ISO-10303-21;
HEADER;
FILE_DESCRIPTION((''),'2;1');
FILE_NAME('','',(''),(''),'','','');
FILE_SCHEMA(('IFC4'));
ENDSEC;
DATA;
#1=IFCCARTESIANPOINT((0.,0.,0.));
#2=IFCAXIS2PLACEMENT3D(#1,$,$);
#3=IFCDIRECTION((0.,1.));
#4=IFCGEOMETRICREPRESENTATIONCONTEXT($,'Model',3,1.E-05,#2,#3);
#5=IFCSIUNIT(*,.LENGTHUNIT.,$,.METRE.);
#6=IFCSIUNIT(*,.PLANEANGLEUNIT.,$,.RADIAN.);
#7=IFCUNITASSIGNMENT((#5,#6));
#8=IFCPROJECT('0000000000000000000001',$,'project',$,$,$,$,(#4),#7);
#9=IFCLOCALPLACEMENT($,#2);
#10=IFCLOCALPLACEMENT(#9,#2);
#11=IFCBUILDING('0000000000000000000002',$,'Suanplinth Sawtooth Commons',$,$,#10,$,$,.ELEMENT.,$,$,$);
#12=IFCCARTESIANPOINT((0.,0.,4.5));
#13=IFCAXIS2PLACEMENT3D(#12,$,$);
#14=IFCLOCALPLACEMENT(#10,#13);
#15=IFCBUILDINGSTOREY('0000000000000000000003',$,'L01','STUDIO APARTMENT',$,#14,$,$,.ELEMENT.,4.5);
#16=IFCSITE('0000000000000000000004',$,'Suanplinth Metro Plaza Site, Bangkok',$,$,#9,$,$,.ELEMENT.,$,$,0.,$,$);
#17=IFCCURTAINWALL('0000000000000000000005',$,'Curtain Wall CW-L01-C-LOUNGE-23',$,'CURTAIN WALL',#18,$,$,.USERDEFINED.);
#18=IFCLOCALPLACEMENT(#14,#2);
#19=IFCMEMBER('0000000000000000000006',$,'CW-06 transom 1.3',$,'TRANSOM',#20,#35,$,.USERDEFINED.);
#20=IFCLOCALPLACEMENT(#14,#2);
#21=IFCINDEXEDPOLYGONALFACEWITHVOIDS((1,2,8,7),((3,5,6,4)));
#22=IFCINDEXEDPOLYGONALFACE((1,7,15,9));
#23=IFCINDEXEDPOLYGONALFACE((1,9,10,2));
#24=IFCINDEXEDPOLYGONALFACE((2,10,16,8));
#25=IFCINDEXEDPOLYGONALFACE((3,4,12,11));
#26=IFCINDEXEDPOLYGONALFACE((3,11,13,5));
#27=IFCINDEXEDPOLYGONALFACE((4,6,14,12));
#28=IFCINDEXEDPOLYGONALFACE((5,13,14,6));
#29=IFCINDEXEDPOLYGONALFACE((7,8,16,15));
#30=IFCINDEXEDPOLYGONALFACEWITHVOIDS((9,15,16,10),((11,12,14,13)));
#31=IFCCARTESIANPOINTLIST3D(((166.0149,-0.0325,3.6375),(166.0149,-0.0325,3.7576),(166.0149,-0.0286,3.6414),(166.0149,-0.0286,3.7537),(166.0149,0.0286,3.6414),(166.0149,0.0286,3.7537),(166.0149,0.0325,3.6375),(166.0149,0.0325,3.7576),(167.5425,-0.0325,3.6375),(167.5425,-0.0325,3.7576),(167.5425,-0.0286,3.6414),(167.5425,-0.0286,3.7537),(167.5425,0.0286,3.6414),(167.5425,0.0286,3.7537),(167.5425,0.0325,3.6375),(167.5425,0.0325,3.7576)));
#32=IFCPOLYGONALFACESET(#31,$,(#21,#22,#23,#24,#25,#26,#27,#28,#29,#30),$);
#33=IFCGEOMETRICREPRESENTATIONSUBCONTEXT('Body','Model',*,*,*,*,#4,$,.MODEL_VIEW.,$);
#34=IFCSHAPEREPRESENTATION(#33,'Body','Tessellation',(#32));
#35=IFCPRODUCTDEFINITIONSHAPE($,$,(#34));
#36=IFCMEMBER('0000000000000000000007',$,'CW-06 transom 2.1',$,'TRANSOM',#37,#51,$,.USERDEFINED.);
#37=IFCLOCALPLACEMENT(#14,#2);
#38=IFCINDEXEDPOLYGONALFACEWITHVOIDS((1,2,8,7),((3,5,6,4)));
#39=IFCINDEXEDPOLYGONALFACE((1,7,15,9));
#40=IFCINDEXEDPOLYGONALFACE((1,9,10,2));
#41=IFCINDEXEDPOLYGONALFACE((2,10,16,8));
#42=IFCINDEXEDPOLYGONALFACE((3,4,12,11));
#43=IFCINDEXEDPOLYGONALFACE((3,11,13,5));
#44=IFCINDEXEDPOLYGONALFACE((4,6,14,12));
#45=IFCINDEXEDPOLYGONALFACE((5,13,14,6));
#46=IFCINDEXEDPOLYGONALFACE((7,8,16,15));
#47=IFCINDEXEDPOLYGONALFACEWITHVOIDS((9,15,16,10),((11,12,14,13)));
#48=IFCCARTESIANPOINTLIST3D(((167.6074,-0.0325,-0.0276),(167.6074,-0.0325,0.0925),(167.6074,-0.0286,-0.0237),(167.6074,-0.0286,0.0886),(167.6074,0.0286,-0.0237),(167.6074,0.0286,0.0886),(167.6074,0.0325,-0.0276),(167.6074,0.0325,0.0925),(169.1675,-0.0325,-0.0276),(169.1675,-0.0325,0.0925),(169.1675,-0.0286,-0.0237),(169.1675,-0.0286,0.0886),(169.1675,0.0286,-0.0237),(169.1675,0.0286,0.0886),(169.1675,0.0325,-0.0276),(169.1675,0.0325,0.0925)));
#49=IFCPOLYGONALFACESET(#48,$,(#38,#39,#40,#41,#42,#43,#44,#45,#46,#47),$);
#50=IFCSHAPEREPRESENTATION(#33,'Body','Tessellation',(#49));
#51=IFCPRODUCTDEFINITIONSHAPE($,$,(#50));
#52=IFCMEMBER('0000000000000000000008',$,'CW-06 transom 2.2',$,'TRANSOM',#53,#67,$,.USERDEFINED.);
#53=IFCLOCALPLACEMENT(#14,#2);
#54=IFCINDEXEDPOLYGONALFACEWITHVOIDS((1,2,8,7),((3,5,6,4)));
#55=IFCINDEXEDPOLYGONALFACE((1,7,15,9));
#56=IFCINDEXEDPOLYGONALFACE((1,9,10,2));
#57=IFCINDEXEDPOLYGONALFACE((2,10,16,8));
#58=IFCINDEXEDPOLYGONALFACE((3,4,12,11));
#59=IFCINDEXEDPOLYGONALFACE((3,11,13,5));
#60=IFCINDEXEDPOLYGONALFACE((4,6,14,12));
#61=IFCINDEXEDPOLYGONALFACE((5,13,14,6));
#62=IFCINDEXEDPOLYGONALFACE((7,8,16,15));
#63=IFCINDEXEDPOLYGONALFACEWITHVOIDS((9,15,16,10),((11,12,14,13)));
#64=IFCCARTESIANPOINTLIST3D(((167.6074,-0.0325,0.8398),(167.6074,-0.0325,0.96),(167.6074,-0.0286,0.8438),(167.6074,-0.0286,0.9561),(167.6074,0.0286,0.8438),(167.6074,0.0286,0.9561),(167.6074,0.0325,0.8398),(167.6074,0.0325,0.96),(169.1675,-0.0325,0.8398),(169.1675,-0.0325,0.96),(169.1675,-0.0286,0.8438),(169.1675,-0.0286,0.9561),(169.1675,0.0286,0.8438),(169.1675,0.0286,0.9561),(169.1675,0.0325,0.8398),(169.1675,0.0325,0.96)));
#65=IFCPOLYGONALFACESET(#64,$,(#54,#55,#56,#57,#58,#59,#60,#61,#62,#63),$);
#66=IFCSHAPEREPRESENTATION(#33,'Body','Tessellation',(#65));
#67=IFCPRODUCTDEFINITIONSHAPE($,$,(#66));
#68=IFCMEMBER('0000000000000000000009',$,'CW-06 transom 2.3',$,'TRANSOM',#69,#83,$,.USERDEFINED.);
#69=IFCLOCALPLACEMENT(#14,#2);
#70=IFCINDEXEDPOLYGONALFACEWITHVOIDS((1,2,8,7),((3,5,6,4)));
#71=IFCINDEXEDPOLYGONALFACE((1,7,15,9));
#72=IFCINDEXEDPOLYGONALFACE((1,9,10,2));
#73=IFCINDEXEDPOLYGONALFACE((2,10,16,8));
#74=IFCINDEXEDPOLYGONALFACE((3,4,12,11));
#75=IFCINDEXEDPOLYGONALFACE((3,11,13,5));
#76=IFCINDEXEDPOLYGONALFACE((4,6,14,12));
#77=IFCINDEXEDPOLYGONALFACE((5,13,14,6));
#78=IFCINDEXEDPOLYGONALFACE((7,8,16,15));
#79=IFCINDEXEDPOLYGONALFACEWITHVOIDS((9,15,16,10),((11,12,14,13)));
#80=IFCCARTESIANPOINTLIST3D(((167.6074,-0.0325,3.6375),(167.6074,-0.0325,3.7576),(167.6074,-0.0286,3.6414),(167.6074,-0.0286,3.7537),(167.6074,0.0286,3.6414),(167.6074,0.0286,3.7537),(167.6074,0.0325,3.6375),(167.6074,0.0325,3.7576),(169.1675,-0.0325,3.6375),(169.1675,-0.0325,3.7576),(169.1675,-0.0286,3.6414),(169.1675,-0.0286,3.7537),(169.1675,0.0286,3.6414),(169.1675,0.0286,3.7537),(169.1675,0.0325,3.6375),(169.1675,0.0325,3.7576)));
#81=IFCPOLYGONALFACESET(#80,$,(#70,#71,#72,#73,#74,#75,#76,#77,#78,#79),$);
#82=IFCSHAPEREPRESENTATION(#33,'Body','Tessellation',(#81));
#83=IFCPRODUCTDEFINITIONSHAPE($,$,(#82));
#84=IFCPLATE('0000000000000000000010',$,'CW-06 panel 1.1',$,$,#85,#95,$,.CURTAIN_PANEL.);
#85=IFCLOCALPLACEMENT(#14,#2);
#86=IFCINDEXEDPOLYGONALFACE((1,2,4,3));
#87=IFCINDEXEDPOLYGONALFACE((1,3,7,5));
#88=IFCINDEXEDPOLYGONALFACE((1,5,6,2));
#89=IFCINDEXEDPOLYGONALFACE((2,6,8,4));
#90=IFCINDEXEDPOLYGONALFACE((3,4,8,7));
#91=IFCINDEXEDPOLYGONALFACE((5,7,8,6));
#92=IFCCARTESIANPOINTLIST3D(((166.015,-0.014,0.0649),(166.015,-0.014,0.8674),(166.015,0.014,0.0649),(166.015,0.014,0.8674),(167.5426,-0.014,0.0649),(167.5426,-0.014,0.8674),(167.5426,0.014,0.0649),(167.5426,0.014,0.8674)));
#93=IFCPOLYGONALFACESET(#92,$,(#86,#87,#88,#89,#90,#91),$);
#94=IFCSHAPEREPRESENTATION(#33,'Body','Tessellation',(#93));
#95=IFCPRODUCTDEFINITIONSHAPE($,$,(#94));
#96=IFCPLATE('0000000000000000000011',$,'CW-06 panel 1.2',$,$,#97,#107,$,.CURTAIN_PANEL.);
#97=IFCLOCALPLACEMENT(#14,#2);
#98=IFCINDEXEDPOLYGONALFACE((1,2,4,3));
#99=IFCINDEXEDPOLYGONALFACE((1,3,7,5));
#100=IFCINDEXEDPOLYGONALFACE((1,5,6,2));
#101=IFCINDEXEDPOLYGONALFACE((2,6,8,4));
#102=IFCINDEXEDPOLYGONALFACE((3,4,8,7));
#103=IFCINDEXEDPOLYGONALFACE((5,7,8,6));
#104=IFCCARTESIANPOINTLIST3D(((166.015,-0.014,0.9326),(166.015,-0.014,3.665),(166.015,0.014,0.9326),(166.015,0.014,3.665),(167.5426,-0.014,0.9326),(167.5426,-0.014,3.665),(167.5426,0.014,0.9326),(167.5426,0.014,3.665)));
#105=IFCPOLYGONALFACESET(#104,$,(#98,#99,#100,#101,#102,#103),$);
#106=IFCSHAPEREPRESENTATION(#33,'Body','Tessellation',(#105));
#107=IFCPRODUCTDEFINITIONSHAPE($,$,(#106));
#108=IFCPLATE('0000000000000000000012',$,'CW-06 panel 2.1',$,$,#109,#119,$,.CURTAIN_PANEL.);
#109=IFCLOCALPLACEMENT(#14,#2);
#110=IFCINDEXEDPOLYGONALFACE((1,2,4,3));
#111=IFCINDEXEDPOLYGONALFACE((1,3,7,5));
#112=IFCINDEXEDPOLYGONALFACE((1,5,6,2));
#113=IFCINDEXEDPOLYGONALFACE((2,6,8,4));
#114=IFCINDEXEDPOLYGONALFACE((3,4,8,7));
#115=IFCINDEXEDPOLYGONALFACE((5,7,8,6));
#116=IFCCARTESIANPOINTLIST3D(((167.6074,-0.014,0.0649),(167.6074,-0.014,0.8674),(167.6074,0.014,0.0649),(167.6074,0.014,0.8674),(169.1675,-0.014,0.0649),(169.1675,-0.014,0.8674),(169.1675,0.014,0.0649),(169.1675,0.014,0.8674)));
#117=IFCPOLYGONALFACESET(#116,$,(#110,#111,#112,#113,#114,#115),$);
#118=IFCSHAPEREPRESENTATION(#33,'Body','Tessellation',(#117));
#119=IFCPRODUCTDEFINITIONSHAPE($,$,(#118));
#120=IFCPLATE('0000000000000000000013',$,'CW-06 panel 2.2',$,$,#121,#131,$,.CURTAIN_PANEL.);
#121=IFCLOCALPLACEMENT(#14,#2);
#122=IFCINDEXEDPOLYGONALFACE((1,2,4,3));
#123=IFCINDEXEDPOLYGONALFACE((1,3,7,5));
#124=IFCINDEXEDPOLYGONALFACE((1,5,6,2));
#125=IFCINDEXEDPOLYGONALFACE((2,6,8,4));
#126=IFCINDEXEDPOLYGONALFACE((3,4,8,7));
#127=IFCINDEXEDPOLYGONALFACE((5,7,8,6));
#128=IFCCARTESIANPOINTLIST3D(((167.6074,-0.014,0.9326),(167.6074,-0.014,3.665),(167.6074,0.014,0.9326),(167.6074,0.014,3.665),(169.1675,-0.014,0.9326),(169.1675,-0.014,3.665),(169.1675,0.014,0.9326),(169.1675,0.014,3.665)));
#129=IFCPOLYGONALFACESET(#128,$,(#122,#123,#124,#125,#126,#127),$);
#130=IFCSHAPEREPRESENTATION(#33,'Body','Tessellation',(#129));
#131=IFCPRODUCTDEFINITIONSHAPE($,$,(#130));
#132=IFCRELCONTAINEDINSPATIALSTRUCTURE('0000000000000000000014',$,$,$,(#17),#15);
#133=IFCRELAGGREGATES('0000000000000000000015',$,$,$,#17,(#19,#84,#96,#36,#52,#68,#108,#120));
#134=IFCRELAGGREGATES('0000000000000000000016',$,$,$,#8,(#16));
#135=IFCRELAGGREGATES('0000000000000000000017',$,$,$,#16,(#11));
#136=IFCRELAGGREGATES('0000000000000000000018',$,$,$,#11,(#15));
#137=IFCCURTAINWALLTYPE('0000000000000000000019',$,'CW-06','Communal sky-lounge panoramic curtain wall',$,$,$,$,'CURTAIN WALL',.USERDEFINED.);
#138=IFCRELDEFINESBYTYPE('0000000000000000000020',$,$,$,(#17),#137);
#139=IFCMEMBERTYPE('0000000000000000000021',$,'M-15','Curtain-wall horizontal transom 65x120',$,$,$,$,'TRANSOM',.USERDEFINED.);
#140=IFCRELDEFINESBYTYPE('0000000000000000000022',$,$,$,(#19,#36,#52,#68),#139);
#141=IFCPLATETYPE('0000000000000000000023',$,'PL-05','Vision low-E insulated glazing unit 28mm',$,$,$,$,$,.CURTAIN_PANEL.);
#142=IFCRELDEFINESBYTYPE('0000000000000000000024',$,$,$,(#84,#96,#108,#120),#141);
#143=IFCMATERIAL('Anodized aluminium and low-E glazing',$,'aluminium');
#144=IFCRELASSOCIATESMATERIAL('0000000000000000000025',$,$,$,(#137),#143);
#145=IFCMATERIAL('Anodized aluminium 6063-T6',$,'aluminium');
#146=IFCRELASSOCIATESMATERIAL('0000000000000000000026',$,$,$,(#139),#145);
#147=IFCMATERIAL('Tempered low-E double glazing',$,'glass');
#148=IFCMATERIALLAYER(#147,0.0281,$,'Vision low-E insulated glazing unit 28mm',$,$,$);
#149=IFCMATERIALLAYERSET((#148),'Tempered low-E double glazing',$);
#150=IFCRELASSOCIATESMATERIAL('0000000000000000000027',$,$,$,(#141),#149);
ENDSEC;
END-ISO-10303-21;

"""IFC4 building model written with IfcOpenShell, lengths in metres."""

from ifc_helpers import new_model, si_unit, direction, frame, origin, origin_2d, place, context, subcontext, project, spatial, rectangle, hollow_rectangle, extrude, material, layer, layer_set, material_profile, profile_set, type_object, element, aggregate, save


model = new_model("IFC4")

# Units and contexts
model_context = context("Model", 3, precision=1e-05, world=origin(), true_north=direction((0.0, 1.0)))
body_context = subcontext(model_context, "Body", "Model", "MODEL_VIEW")
ifc_project = project(units=[si_unit("LENGTHUNIT", "METRE"), si_unit("PLANEANGLEUNIT", "RADIAN")], contexts=[model_context])

# Site, building, storey
site_placement = place(None, origin())
site = spatial("IfcSite", under=ifc_project, at=site_placement, Name="Suanplinth Metro Plaza Site, Bangkok", CompositionType="ELEMENT", RefElevation=0.0)
building_placement = place(site_placement, origin())
building = spatial("IfcBuilding", under=site, at=building_placement, Name="Suanplinth Sawtooth Commons", CompositionType="ELEMENT")
storey_placement = place(building_placement, frame((0.0, 0.0, 4.5)))
storey = spatial("IfcBuildingStorey", under=building, at=storey_placement, Name="L01", Description="STUDIO APARTMENT", CompositionType="ELEMENT", Elevation=4.5)

# Curtain wall, members, plates
ifc_material_1 = material(Name="Anodized aluminium and low-E glazing", Category="aluminium")
curtain_wall_type = type_object("IfcCurtainWallType", Name="CW-06", Description="Communal sky-lounge panoramic curtain wall", ElementType="CURTAIN WALL", PredefinedType="USERDEFINED", material=ifc_material_1)
curtain_wall_placement = place(storey_placement, origin())
curtain_wall = element("IfcCurtainWall", 1, at=curtain_wall_placement, inside=storey, type_object=curtain_wall_type, Name="Curtain Wall CW-L01-C-LOUNGE-23", ObjectType="CURTAIN WALL", PredefinedType="USERDEFINED")
ifc_material_2 = material(Name="Anodized aluminium 6063-T6", Category="aluminium")
ifc_material_profile_1 = material_profile(ifc_material_2, hollow_rectangle(XDim=0.0649, YDim=0.1201, WallThickness=0.0039, at=origin_2d()), Name="ALU-TRN 65x120")
ifc_profile_set_1 = profile_set([ifc_material_profile_1], Name="Anodized aluminium 6063-T6")
member_type_1 = type_object("IfcMemberType", Name="M-15", Description="Curtain-wall horizontal transom 65x120", ElementType="TRANSOM", PredefinedType="USERDEFINED", material=ifc_profile_set_1)
member_1_placement = place(storey_placement, frame((166.0149, 0.0, 3.6975), z_axis=(1.0, 0.0, 0.0), x_axis=(0.0, 1.0, 0.0)))
member_1 = element("IfcMember", 2, at=member_1_placement, type_object=member_type_1, Name="CW-06 transom 1.3", ObjectType="TRANSOM", PredefinedType="USERDEFINED", context=body_context, shape_type="SweptSolid", body=[
    extrude(hollow_rectangle(XDim=0.0649, YDim=0.1201, WallThickness=0.0039, at=origin_2d()), origin(), (0.0, 0.0, 1.0), 1.5276),
])
member_2_placement = place(storey_placement, frame((167.6074, 0.0, 0.0325), z_axis=(1.0, 0.0, 0.0), x_axis=(0.0, 1.0, 0.0)))
member_2 = element("IfcMember", 3, at=member_2_placement, type_object=member_type_1, Name="CW-06 transom 2.1", ObjectType="TRANSOM", PredefinedType="USERDEFINED", context=body_context, shape_type="SweptSolid", body=[
    extrude(hollow_rectangle(XDim=0.0649, YDim=0.1201, WallThickness=0.0039, at=origin_2d()), origin(), (0.0, 0.0, 1.0), 1.5601),
])
member_3_placement = place(storey_placement, frame((167.6074, 0.0, 0.8999), z_axis=(1.0, 0.0, 0.0), x_axis=(0.0, 1.0, 0.0)))
member_3 = element("IfcMember", 4, at=member_3_placement, type_object=member_type_1, Name="CW-06 transom 2.2", ObjectType="TRANSOM", PredefinedType="USERDEFINED", context=body_context, shape_type="SweptSolid", body=[
    extrude(hollow_rectangle(XDim=0.0649, YDim=0.1201, WallThickness=0.0039, at=origin_2d()), origin(), (0.0, 0.0, 1.0), 1.5601),
])
member_4_placement = place(storey_placement, frame((167.6074, 0.0, 3.6975), z_axis=(1.0, 0.0, 0.0), x_axis=(0.0, 1.0, 0.0)))
member_4 = element("IfcMember", 5, at=member_4_placement, type_object=member_type_1, Name="CW-06 transom 2.3", ObjectType="TRANSOM", PredefinedType="USERDEFINED", context=body_context, shape_type="SweptSolid", body=[
    extrude(hollow_rectangle(XDim=0.0649, YDim=0.1201, WallThickness=0.0039, at=origin_2d()), origin(), (0.0, 0.0, 1.0), 1.5601),
])
ifc_material_3 = material(Name="Tempered low-E double glazing", Category="glass")
ifc_layer = layer(ifc_material_3, 0.0281, Name="Vision low-E insulated glazing unit 28mm")
ifc_layer_set = layer_set([ifc_layer], Name="Tempered low-E double glazing")
plate_type = type_object("IfcPlateType", Name="PL-05", Description="Vision low-E insulated glazing unit 28mm", PredefinedType="CURTAIN_PANEL", material=ifc_layer_set)
plate_1_placement = place(storey_placement, frame((166.7788, 0.0, 0.0649), z_axis=(0.0, 0.0, 1.0), x_axis=(1.0, 0.0, 0.0)))
plate_1 = element("IfcPlate", 6, at=plate_1_placement, type_object=plate_type, Name="CW-06 panel 1.1", PredefinedType="CURTAIN_PANEL", context=body_context, shape_type="SweptSolid", body=[
    extrude(rectangle(XDim=1.5276, YDim=0.0281, at=origin_2d()), origin(), (0.0, 0.0, 1.0), 0.8025),
])
plate_2_placement = place(storey_placement, frame((166.7788, 0.0, 0.9326), z_axis=(0.0, 0.0, 1.0), x_axis=(1.0, 0.0, 0.0)))
plate_2 = element("IfcPlate", 7, at=plate_2_placement, type_object=plate_type, Name="CW-06 panel 1.2", PredefinedType="CURTAIN_PANEL", context=body_context, shape_type="SweptSolid", body=[
    extrude(rectangle(XDim=1.5276, YDim=0.0281, at=origin_2d()), origin(), (0.0, 0.0, 1.0), 2.7324),
])
plate_3_placement = place(storey_placement, frame((168.3875, 0.0, 0.0649), z_axis=(0.0, 0.0, 1.0), x_axis=(1.0, 0.0, 0.0)))
plate_3 = element("IfcPlate", 8, at=plate_3_placement, type_object=plate_type, Name="CW-06 panel 2.1", PredefinedType="CURTAIN_PANEL", context=body_context, shape_type="SweptSolid", body=[
    extrude(rectangle(XDim=1.5601, YDim=0.0281, at=origin_2d()), origin(), (0.0, 0.0, 1.0), 0.8025),
])
plate_4_placement = place(storey_placement, frame((168.3875, 0.0, 0.9326), z_axis=(0.0, 0.0, 1.0), x_axis=(1.0, 0.0, 0.0)))
plate_4 = element("IfcPlate", 9, at=plate_4_placement, type_object=plate_type, Name="CW-06 panel 2.2", PredefinedType="CURTAIN_PANEL", context=body_context, shape_type="SweptSolid", body=[
    extrude(rectangle(XDim=1.5601, YDim=0.0281, at=origin_2d()), origin(), (0.0, 0.0, 1.0), 2.7324),
])
aggregate(curtain_wall, [member_1, plate_1, plate_2, member_2, member_3, member_4, plate_3, plate_4])

save(model, "model.ifc")
